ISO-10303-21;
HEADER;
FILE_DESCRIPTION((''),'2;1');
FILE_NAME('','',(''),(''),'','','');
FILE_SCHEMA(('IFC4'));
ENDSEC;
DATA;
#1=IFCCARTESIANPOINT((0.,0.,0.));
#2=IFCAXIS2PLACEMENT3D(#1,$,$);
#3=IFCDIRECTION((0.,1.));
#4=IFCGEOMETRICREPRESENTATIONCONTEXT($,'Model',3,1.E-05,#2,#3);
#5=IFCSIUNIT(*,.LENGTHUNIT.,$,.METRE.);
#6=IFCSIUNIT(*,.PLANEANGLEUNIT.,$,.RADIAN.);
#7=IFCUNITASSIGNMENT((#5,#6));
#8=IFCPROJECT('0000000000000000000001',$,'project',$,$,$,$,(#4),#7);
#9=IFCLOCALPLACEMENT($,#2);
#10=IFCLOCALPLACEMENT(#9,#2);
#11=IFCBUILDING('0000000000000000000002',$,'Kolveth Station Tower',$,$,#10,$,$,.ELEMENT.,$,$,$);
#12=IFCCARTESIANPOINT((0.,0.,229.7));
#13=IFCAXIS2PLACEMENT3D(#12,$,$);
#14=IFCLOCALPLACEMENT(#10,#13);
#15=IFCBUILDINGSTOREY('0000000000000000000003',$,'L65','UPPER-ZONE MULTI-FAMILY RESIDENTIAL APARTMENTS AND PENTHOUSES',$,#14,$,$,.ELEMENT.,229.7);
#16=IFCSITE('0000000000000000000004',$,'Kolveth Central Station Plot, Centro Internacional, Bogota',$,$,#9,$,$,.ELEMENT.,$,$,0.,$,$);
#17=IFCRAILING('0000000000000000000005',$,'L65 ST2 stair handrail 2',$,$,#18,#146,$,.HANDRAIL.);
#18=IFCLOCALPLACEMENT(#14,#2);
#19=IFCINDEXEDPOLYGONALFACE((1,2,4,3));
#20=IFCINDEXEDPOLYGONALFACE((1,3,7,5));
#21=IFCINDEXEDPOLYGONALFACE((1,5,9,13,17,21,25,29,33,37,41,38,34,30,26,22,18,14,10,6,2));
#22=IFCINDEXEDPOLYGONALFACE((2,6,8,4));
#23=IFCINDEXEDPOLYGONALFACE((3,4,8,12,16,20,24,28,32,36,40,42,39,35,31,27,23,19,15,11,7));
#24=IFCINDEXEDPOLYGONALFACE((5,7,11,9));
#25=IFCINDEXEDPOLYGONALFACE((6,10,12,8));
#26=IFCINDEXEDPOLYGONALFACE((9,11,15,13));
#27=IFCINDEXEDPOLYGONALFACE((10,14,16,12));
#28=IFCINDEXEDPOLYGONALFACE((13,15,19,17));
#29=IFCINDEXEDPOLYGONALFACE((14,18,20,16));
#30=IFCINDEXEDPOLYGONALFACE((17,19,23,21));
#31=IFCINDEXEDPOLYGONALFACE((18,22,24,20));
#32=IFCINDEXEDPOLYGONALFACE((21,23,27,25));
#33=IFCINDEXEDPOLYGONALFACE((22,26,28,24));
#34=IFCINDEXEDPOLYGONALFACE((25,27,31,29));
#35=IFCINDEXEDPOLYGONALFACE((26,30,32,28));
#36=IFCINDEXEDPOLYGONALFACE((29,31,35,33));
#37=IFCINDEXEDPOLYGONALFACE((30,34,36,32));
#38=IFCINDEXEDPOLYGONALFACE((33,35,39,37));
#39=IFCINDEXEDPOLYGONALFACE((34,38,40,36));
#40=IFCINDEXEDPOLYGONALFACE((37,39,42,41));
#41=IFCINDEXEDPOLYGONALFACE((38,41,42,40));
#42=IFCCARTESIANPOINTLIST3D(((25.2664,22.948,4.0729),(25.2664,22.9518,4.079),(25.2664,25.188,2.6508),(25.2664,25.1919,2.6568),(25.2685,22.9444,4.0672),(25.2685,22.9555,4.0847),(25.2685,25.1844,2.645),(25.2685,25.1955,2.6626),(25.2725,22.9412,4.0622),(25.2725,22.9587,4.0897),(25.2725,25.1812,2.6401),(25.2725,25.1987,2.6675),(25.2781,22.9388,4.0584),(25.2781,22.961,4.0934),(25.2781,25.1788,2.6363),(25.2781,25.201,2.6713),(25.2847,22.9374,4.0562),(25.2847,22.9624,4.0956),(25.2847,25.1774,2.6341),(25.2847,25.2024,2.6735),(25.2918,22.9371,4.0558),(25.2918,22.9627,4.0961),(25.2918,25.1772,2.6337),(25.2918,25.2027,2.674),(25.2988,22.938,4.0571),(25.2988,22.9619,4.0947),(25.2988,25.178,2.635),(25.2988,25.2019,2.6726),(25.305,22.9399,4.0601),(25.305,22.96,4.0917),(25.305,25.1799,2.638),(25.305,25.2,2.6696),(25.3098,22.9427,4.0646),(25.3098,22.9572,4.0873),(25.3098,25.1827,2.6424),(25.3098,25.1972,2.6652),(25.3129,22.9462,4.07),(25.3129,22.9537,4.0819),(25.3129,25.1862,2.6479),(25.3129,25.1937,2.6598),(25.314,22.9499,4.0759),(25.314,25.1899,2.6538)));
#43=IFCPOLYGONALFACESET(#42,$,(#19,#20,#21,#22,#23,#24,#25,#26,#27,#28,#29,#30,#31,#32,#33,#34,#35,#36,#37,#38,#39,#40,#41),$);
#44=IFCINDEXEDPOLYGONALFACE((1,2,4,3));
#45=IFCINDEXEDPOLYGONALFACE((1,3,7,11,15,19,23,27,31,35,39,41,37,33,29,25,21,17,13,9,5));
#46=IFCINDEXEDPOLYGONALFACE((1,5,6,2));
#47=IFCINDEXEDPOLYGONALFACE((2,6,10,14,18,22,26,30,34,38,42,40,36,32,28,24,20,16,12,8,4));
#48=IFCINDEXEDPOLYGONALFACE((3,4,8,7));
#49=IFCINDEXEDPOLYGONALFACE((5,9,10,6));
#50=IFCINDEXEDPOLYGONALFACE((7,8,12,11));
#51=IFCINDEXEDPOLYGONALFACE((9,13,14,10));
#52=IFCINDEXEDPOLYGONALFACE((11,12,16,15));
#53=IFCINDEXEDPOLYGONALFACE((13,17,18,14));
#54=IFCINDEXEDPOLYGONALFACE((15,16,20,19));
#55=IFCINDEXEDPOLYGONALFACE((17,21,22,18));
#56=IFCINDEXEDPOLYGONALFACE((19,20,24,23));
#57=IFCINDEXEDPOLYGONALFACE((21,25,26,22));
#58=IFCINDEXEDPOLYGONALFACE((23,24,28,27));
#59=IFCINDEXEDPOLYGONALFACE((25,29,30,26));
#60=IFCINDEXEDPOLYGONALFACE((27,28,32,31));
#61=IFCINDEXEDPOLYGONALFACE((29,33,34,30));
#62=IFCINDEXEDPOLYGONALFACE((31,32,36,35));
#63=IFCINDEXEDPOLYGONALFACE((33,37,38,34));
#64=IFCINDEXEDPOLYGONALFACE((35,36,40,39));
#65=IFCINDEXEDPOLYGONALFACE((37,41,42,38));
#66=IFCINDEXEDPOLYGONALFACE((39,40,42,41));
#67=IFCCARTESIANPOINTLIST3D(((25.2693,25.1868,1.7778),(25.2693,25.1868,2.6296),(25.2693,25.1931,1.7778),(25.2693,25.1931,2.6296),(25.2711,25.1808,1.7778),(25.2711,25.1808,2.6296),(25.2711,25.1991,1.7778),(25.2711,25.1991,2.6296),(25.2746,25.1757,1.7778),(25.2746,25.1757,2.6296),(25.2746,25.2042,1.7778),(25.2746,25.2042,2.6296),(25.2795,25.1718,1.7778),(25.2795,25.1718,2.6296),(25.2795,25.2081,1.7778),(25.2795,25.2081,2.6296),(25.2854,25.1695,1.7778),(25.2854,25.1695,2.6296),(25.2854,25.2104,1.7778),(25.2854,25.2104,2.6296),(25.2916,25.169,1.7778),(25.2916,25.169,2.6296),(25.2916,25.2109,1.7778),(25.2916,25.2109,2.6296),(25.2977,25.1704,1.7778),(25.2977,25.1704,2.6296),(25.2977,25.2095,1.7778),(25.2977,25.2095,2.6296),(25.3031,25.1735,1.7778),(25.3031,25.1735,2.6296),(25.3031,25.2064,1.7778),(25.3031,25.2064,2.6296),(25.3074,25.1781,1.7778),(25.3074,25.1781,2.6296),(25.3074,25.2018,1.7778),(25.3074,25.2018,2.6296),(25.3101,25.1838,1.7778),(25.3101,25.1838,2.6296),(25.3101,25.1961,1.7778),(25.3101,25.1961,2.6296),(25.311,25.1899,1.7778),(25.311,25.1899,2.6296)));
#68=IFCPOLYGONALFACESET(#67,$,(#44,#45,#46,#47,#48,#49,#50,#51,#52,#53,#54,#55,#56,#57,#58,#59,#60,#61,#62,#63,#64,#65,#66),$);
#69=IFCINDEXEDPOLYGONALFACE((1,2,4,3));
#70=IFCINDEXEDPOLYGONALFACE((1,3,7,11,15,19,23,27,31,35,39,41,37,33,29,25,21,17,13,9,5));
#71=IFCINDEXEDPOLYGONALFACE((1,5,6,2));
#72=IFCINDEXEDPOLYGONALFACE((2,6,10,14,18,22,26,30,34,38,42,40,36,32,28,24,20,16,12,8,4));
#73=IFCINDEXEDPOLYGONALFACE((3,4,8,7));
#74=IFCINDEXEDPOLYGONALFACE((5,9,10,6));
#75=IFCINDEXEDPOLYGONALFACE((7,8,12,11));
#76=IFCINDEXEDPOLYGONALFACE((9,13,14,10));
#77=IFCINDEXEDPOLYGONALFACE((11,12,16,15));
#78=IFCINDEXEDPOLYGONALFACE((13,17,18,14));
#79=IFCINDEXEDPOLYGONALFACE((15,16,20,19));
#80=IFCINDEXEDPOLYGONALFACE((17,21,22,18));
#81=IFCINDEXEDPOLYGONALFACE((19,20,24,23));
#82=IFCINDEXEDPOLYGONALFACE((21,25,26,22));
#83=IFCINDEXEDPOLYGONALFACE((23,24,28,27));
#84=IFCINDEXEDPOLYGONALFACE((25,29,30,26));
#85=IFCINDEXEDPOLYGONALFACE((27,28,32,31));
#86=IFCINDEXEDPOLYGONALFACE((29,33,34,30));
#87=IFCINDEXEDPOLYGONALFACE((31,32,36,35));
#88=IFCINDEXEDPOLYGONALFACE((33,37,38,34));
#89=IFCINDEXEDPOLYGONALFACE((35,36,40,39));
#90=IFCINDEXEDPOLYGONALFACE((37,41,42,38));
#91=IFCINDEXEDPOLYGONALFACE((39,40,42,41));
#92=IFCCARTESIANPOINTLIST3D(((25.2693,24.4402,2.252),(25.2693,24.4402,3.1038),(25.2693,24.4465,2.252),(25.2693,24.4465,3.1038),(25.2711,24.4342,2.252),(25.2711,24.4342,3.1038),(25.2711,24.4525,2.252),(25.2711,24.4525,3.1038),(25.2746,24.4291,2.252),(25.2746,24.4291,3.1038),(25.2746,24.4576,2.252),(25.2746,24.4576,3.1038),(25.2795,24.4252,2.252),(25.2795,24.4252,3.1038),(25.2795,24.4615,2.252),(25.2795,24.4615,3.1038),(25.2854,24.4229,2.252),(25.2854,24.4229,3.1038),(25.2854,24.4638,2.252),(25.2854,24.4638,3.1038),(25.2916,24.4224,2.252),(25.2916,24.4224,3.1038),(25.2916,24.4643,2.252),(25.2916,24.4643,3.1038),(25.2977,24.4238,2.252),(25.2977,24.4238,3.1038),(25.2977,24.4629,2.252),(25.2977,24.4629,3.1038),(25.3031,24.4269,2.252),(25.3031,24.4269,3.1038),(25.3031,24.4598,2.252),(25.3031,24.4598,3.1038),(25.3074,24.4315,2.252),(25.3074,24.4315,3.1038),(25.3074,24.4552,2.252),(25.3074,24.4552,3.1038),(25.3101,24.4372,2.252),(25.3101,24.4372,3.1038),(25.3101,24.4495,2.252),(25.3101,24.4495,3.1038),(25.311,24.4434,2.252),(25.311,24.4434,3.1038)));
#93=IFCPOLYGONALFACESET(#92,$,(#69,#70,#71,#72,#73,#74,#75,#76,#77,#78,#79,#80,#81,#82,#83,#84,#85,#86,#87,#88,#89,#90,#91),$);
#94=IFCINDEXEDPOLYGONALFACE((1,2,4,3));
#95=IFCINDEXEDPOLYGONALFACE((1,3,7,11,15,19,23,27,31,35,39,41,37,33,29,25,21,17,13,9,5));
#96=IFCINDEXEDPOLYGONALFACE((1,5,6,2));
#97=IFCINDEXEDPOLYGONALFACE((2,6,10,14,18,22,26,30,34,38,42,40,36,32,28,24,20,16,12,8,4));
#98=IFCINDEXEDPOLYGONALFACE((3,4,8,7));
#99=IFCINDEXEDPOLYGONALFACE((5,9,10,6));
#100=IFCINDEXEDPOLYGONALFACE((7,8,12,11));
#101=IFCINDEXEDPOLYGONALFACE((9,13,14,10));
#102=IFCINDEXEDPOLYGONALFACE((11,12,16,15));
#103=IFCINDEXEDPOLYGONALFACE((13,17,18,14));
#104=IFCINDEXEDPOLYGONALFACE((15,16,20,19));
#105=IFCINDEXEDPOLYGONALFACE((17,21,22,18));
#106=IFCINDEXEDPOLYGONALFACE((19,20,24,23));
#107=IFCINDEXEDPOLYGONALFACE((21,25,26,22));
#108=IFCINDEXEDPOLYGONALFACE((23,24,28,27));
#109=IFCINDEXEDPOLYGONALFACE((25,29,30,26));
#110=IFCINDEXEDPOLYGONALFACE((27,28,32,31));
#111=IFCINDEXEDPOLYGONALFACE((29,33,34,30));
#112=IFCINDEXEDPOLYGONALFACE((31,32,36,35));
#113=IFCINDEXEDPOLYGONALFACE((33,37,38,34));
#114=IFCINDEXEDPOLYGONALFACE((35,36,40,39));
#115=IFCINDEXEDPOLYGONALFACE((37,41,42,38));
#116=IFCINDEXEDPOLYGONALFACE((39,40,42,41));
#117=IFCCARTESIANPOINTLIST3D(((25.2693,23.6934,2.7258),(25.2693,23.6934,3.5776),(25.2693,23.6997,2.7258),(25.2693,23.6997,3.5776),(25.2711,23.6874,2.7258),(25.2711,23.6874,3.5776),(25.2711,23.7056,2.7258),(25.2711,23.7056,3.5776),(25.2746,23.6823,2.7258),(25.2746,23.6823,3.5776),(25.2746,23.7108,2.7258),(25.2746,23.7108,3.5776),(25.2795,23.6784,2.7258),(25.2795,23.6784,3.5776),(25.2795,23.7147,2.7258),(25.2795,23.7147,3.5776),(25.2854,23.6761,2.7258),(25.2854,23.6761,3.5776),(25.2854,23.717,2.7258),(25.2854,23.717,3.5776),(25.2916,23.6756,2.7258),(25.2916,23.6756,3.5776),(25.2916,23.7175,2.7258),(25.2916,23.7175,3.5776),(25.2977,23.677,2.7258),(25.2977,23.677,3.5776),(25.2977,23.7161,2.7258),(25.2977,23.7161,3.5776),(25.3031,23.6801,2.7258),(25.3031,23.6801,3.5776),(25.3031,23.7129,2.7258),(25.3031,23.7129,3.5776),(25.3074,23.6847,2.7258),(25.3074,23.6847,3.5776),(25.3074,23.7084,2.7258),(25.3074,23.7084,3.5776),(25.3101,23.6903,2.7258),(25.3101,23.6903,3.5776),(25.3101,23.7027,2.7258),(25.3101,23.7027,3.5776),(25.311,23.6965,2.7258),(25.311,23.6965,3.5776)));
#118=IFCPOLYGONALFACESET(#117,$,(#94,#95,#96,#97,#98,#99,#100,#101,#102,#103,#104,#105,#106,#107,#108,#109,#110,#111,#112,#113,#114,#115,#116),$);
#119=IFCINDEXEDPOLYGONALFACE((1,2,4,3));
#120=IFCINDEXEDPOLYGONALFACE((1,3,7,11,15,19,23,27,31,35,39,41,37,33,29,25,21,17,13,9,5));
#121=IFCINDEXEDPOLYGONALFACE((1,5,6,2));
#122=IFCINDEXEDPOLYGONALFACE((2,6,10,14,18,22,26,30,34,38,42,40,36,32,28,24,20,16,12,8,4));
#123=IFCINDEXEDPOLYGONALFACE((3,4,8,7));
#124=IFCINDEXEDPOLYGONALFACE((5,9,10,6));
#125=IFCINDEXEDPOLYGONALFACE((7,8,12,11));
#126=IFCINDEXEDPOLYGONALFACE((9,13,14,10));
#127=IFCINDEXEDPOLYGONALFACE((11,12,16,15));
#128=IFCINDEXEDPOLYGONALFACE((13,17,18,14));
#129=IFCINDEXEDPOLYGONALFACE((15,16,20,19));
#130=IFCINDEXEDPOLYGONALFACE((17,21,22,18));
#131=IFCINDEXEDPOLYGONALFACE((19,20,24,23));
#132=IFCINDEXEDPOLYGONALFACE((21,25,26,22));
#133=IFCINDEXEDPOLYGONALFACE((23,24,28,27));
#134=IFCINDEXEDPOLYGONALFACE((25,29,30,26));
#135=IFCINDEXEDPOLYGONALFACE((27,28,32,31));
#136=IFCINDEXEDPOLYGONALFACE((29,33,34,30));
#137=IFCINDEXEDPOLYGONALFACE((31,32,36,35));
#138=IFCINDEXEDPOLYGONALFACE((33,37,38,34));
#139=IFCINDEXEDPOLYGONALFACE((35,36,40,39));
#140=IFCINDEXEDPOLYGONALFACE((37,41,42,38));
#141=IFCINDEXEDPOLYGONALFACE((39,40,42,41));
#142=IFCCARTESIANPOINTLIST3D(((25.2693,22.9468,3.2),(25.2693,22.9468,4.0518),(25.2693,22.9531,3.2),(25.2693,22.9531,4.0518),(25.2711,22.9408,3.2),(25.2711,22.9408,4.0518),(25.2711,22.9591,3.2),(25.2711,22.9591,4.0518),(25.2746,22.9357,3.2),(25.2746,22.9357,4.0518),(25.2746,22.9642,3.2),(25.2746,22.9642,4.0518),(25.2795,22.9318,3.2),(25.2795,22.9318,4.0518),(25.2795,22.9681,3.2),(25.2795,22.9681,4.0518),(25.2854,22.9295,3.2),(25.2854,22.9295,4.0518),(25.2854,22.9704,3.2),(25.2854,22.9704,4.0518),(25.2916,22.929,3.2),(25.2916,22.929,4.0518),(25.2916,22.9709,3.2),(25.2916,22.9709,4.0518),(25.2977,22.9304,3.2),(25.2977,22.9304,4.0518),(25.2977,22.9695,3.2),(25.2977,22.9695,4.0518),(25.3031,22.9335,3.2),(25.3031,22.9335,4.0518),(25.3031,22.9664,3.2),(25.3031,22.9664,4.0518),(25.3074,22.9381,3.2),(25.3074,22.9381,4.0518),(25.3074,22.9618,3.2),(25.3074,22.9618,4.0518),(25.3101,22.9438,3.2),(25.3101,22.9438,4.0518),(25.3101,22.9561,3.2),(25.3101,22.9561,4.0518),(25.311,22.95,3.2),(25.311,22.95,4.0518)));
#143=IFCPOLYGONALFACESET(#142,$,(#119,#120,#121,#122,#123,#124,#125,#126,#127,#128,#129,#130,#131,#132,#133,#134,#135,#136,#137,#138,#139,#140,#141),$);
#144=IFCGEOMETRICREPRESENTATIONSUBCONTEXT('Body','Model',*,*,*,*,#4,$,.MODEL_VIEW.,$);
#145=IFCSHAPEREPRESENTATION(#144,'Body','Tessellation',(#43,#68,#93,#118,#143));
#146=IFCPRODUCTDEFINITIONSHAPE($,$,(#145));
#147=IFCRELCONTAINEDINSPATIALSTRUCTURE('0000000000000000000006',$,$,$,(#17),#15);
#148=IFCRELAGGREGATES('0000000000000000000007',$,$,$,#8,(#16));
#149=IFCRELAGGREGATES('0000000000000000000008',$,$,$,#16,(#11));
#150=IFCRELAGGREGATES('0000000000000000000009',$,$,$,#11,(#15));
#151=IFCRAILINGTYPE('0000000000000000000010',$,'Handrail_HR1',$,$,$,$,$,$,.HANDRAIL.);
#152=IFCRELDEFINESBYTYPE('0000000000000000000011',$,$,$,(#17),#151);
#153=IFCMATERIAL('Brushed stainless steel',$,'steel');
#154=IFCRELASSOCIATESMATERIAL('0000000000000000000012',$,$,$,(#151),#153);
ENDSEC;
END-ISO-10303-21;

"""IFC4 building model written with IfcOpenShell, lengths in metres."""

from ifc_helpers import new_model, si_unit, direction, frame, origin, origin_2d, place, context, subcontext, project, spatial, circle, extrude, material, type_object, element, save


model = new_model("IFC4")

# Units and contexts
model_context = context("Model", 3, precision=1e-05, world=origin(), true_north=direction((0.0, 1.0)))
body_context = subcontext(model_context, "Body", "Model", "MODEL_VIEW")
ifc_project = project(units=[si_unit("LENGTHUNIT", "METRE"), si_unit("PLANEANGLEUNIT", "RADIAN")], contexts=[model_context])

# Site, building, storey
site_placement = place(None, origin())
site = spatial("IfcSite", under=ifc_project, at=site_placement, Name="Kolveth Central Station Plot, Centro Internacional, Bogota", CompositionType="ELEMENT", RefElevation=0.0)
building_placement = place(site_placement, origin())
building = spatial("IfcBuilding", under=site, at=building_placement, Name="Kolveth Station Tower", CompositionType="ELEMENT")
storey_placement = place(building_placement, frame((0.0, 0.0, 229.7)))
storey = spatial("IfcBuildingStorey", under=building, at=storey_placement, Name="L65", Description="UPPER-ZONE MULTI-FAMILY RESIDENTIAL APARTMENTS AND PENTHOUSES", CompositionType="ELEMENT", Elevation=229.7)

# Railing
ifc_material_1 = material(Name="Brushed stainless steel", Category="steel")
railing_type_1 = type_object("IfcRailingType", Name="Handrail_HR1", PredefinedType="HANDRAIL", material=ifc_material_1)
railing_1_placement = place(storey_placement, frame((25.29, 25.1899, 1.7778)))
element("IfcRailing", 1, at=railing_1_placement, inside=storey, type_object=railing_type_1, Name="L65 ST2 stair handrail 2", PredefinedType="HANDRAIL", context=body_context, shape_type="SweptSolid", body=[
    extrude(circle(Radius=0.0239, at=origin_2d()), frame((0.0, 0.0, 0.876), z_axis=(0.0, -0.844229, 0.535982), x_axis=(1.0, 0.0, 0.0)), (0.0, 0.0, 1.0), 2.6533),
    extrude(circle(Radius=0.021, at=origin_2d()), origin(), (0.0, 0.0, 1.0), 0.8518),
    extrude(circle(Radius=0.021, at=origin_2d()), frame((0.0, -0.7466, 0.4741)), (0.0, 0.0, 1.0), 0.8518),
    extrude(circle(Radius=0.021, at=origin_2d()), frame((0.0, -1.4934, 0.948)), (0.0, 0.0, 1.0), 0.8518),
    extrude(circle(Radius=0.021, at=origin_2d()), frame((0.0, -2.24, 1.4221)), (0.0, 0.0, 1.0), 0.8518),
])

save(model, "model.ifc")
